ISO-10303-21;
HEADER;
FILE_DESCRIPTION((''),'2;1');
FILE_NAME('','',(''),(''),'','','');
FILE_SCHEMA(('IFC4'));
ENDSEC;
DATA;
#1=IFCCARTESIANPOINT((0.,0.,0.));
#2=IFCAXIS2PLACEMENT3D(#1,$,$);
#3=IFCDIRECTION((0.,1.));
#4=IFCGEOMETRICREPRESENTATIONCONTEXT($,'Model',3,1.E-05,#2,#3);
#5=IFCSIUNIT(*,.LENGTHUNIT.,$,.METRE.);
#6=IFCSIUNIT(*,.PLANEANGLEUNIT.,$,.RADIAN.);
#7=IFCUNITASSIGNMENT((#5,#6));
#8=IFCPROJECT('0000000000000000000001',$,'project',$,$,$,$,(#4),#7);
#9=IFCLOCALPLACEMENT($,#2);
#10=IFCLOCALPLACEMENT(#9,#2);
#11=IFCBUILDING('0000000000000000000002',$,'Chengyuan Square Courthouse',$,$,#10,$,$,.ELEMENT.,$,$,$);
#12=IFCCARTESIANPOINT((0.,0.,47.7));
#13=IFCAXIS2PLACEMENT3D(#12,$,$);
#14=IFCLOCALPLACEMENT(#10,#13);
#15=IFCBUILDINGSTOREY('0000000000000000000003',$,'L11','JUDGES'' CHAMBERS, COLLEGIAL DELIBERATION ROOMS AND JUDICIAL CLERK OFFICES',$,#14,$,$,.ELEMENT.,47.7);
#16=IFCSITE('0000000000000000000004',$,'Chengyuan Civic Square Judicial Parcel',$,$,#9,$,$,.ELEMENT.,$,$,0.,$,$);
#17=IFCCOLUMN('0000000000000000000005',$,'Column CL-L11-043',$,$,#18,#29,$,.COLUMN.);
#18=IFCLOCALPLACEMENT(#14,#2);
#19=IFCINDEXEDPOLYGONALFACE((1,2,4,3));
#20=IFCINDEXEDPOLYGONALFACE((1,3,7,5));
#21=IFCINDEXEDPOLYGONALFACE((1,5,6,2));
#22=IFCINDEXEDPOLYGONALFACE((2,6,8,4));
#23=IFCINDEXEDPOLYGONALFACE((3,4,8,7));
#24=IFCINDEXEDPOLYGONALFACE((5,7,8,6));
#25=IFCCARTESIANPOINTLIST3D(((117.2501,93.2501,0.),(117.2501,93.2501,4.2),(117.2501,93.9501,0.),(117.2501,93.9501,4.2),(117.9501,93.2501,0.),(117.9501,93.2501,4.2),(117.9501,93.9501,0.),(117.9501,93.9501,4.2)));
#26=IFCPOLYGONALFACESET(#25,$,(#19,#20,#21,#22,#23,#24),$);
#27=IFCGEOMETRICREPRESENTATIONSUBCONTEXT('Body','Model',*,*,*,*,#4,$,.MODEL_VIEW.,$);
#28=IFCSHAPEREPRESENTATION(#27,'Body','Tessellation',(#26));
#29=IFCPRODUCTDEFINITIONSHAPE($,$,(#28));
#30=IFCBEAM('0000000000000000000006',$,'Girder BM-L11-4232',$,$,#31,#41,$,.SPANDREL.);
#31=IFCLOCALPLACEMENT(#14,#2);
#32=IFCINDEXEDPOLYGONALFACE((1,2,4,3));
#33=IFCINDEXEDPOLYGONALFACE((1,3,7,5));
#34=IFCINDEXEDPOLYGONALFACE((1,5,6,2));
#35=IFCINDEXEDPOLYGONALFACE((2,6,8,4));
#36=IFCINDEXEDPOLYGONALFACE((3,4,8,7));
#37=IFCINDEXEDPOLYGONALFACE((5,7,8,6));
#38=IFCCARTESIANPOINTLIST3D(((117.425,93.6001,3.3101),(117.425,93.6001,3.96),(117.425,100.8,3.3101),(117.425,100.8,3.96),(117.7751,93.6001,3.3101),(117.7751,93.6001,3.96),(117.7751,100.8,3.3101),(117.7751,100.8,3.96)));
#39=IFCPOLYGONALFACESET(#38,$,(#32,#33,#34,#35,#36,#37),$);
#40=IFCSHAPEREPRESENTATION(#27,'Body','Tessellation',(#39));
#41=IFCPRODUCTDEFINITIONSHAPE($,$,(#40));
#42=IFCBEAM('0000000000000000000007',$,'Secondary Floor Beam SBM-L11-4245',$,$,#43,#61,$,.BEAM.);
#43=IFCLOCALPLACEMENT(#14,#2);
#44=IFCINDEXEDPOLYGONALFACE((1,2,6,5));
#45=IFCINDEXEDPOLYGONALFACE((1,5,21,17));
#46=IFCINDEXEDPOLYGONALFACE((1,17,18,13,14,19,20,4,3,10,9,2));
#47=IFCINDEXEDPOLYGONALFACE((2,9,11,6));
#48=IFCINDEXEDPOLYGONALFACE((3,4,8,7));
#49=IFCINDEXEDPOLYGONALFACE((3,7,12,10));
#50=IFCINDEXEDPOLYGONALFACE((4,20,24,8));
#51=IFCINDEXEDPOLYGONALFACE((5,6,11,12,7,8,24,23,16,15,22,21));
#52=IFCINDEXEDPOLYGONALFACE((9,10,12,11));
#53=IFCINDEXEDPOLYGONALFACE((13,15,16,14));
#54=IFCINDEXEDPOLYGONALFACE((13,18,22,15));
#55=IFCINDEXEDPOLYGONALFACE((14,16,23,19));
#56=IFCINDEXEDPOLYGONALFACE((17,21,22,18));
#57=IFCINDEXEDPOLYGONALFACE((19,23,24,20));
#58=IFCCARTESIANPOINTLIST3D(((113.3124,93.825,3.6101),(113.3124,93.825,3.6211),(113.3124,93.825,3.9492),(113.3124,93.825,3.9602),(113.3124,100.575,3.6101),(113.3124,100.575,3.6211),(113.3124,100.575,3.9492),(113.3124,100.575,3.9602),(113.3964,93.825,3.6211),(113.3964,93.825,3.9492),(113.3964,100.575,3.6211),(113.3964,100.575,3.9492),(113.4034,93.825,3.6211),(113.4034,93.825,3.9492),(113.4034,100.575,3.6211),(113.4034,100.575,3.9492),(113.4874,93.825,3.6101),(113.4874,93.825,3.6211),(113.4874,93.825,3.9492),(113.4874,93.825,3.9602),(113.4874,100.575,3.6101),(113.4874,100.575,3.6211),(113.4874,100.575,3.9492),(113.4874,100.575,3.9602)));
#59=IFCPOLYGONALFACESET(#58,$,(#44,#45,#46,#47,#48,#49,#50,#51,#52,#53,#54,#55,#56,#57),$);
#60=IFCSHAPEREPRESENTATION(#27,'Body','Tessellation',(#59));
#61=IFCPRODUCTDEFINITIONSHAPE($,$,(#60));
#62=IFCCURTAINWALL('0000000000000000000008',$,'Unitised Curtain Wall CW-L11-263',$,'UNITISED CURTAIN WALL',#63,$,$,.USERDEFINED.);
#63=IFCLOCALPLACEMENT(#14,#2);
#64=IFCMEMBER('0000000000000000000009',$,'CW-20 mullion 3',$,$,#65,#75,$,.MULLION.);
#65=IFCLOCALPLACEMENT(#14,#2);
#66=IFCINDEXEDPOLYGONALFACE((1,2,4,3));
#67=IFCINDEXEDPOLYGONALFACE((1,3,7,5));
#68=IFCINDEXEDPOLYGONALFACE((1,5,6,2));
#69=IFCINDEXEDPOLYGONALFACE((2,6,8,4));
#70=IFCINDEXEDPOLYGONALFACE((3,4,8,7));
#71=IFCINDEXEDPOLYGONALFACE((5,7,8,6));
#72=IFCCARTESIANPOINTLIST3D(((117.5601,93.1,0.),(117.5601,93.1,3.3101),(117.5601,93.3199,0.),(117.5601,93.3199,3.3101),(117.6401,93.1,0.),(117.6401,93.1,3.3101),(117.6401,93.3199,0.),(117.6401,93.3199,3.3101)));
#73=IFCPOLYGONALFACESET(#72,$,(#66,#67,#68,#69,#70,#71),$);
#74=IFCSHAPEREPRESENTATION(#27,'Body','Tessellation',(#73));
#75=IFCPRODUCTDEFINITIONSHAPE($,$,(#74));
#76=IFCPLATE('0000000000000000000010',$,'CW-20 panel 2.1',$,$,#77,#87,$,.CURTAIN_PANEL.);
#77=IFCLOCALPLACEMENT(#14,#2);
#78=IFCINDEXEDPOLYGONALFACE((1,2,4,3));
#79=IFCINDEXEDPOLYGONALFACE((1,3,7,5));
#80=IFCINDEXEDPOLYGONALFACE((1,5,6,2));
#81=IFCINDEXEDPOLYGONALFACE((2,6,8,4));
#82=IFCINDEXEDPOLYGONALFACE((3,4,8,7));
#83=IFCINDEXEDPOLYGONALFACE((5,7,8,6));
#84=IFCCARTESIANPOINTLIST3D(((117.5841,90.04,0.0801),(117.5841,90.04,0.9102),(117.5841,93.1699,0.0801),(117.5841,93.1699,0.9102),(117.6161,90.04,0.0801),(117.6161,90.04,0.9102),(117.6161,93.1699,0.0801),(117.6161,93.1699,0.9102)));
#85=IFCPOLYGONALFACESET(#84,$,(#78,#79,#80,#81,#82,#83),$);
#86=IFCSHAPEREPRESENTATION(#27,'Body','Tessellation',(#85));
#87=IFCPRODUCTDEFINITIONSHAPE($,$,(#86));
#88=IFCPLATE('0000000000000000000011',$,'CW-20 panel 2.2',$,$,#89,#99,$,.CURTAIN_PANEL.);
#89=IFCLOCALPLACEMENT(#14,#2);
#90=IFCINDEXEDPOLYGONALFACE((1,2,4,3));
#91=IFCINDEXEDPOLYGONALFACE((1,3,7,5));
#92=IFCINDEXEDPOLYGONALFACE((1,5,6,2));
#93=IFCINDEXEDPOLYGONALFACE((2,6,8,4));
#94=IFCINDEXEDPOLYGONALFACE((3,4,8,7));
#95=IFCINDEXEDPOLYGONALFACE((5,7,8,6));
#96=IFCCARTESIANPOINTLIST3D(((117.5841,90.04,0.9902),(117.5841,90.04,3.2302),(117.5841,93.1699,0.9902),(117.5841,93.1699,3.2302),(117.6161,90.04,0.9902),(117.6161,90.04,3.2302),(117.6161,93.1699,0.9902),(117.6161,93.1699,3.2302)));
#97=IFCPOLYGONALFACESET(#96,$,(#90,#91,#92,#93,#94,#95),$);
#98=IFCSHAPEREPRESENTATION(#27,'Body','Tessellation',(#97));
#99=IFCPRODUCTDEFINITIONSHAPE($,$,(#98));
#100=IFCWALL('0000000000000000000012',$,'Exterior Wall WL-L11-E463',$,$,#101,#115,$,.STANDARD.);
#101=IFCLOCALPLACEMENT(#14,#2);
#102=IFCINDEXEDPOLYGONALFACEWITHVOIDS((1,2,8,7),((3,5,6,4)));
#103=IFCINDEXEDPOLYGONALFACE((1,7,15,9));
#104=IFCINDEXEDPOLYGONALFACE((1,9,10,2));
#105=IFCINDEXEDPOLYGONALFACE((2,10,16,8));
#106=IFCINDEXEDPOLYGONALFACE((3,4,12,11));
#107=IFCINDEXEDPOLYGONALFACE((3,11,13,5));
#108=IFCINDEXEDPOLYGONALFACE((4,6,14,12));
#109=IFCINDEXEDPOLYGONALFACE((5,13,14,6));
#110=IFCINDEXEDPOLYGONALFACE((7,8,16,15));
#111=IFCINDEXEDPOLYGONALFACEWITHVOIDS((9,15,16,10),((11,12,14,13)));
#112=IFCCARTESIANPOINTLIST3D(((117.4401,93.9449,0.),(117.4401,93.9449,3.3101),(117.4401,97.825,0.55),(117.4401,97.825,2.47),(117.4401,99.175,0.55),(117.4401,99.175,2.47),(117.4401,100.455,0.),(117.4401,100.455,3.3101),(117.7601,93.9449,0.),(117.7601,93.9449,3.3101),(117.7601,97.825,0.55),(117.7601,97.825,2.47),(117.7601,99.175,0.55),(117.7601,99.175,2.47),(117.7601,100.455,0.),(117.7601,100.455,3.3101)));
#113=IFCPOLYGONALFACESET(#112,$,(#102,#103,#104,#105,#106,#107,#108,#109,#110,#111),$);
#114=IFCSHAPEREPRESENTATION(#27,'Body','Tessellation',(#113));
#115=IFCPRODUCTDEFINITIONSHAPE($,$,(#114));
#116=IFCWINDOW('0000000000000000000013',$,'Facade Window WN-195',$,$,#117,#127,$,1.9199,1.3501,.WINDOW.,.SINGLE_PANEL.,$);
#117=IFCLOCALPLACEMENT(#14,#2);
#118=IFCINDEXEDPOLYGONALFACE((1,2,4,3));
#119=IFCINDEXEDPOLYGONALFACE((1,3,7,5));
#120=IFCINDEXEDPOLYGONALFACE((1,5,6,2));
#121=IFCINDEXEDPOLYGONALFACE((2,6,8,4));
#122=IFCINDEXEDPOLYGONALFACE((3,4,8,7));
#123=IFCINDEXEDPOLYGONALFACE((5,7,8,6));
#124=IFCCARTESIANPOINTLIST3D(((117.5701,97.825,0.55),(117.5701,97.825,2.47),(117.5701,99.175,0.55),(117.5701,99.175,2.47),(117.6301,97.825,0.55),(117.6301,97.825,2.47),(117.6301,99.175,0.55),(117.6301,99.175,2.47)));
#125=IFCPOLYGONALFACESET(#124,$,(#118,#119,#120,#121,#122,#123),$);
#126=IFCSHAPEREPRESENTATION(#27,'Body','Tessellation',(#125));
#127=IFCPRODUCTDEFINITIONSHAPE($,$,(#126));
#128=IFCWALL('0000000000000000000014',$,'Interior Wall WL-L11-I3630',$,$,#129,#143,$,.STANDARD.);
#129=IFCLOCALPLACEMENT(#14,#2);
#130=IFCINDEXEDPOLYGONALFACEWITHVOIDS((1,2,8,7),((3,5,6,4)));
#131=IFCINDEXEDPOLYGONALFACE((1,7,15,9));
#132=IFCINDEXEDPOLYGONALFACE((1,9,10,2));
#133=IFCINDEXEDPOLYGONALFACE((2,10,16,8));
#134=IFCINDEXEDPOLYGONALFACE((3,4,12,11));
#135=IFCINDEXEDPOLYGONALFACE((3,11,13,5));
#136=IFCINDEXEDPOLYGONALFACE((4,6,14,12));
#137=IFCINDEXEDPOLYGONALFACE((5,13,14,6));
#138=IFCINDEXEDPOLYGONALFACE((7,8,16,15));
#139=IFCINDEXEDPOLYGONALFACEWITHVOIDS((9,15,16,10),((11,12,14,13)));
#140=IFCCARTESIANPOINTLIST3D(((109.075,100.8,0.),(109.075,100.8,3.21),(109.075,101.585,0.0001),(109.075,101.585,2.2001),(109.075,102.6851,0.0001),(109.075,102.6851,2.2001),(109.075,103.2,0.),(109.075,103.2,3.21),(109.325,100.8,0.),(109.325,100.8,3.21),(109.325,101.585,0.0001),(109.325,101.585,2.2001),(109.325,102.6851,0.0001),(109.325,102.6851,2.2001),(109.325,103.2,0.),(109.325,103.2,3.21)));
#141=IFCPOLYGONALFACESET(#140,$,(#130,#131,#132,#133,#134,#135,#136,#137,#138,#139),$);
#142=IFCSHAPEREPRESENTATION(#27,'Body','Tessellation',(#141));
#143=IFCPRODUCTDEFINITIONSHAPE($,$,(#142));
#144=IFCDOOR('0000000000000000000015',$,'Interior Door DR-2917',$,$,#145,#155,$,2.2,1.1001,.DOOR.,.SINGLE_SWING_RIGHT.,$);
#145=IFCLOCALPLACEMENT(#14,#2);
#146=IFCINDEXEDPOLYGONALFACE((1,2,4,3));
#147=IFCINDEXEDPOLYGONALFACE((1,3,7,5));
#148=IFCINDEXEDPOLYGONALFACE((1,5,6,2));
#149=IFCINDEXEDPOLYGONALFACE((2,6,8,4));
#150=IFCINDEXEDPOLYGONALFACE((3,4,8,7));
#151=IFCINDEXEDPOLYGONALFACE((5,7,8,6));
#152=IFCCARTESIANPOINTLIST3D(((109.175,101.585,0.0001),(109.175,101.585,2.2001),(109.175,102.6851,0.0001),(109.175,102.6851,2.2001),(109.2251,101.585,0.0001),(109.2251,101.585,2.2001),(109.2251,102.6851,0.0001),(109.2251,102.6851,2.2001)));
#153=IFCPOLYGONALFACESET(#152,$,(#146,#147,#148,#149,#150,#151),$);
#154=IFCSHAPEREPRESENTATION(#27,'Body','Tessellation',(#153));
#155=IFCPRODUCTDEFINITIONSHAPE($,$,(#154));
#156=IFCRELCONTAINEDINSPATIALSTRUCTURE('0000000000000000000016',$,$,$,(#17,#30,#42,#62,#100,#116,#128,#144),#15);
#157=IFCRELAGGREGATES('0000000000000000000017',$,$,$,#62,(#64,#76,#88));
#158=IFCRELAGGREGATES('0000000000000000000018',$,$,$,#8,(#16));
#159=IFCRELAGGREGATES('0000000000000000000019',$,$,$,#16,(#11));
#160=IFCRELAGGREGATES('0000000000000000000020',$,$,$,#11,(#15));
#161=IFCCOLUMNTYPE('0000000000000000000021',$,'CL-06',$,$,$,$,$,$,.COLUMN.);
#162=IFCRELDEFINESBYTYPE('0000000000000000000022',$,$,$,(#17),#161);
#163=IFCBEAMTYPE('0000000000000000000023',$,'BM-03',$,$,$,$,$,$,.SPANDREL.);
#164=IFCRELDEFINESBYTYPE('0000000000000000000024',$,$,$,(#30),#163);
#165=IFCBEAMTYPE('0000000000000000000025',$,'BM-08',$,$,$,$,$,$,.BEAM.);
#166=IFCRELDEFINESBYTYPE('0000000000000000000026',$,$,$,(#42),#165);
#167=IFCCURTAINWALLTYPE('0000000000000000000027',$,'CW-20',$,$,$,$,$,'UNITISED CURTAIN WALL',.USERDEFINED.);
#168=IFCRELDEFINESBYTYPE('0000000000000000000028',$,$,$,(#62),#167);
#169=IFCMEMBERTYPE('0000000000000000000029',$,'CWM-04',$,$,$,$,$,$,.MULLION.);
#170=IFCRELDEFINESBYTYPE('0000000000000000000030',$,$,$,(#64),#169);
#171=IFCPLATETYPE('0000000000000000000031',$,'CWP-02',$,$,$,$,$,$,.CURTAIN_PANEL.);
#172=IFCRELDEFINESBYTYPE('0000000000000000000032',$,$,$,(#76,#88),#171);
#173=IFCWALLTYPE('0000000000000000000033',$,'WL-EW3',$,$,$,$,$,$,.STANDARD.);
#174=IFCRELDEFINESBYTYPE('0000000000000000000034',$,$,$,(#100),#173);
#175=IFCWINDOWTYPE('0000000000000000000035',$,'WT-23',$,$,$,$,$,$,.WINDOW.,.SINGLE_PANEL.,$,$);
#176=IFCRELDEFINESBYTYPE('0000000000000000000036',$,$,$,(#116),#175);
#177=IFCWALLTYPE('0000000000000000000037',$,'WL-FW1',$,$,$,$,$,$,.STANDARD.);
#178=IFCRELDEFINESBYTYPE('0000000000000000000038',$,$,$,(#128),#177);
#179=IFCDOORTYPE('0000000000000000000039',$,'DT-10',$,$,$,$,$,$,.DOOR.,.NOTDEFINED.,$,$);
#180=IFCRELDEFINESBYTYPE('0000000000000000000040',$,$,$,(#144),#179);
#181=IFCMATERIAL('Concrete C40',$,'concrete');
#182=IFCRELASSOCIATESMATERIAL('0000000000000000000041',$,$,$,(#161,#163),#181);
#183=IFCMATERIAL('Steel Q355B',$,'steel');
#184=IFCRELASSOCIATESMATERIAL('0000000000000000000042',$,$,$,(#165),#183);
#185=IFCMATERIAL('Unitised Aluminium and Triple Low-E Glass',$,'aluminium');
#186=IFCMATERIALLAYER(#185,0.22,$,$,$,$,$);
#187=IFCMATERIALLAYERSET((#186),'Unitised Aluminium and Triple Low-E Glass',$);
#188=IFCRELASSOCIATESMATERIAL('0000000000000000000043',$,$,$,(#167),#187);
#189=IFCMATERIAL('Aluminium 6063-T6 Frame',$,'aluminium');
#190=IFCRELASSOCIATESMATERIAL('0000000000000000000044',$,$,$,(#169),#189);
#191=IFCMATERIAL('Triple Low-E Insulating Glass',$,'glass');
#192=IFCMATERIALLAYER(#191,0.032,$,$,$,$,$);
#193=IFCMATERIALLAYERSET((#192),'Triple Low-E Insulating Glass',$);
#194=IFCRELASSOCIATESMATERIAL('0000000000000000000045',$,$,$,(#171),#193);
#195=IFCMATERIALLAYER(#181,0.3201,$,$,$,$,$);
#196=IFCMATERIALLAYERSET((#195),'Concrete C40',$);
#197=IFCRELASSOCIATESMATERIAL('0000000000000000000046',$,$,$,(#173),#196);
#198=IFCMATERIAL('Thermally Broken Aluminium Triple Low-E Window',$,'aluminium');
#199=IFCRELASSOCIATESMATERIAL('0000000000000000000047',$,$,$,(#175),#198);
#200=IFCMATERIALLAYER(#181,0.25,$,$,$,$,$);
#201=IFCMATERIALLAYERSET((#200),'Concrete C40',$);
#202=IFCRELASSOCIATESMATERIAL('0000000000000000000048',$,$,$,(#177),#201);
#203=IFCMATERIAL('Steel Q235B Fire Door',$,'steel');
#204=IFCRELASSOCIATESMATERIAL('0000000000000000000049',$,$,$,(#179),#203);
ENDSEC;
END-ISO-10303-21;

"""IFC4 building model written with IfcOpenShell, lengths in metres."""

from ifc_helpers import new_model, si_unit, direction, frame, frame_2d, origin, origin_2d, place, context, subcontext, project, spatial, rectangle, i_section, extrude, material, layer, layer_set, material_profile, profile_set, type_object, element, fill, aggregate, save


model = new_model("IFC4")

# Units and contexts
model_context = context("Model", 3, precision=1e-05, world=origin(), true_north=direction((0.0, 1.0)))
body_context = subcontext(model_context, "Body", "Model", "MODEL_VIEW")
ifc_project = project(units=[si_unit("LENGTHUNIT", "METRE"), si_unit("PLANEANGLEUNIT", "RADIAN")], contexts=[model_context])

# Site, building, storey
site_placement = place(None, origin())
site = spatial("IfcSite", under=ifc_project, at=site_placement, Name="Chengyuan Civic Square Judicial Parcel", CompositionType="ELEMENT", RefElevation=0.0)
building_placement = place(site_placement, origin())
building = spatial("IfcBuilding", under=site, at=building_placement, Name="Chengyuan Square Courthouse", CompositionType="ELEMENT")
storey_placement = place(building_placement, frame((0.0, 0.0, 47.7)))
storey = spatial("IfcBuildingStorey", under=building, at=storey_placement, Name="L11", Description="JUDGES' CHAMBERS, COLLEGIAL DELIBERATION ROOMS AND JUDICIAL CLERK OFFICES", CompositionType="ELEMENT", Elevation=47.7)

# Column
ifc_material_1 = material(Name="Concrete C40", Category="concrete")
ifc_material_profile_1 = material_profile(ifc_material_1, rectangle(XDim=0.7, YDim=0.7, at=origin_2d()), Name="RC-COL-700x700")
ifc_profile_set_1 = profile_set([ifc_material_profile_1], Name="Concrete C40")
column_type = type_object("IfcColumnType", Name="CL-06", PredefinedType="COLUMN", material=ifc_profile_set_1)
column_placement = place(storey_placement, frame((117.6001, 93.6001, 0.0), z_axis=(0.0, 0.0, 1.0), x_axis=(1.0, 0.0, 0.0)))
element("IfcColumn", 1, at=column_placement, inside=storey, type_object=column_type, Name="Column CL-L11-043", PredefinedType="COLUMN", context=body_context, shape_type="SweptSolid", body=[
    extrude(rectangle(XDim=0.7, YDim=0.7, at=origin_2d()), origin(), (0.0, 0.0, 1.0), 4.2),
])

# Beams
ifc_material_profile_2 = material_profile(ifc_material_1, rectangle(XDim=0.3501, YDim=0.6499, at=origin_2d()), Name="RC-BM-350x650")
ifc_profile_set_2 = profile_set([ifc_material_profile_2], Name="Concrete C40")
beam_type_1 = type_object("IfcBeamType", Name="BM-03", PredefinedType="SPANDREL", material=ifc_profile_set_2)
beam_1_placement = place(storey_placement, frame((117.6001, 93.6001, 3.635), z_axis=(0.0, 1.0, 0.0), x_axis=(-1.0, 0.0, 0.0)))
element("IfcBeam", 2, at=beam_1_placement, inside=storey, type_object=beam_type_1, Name="Girder BM-L11-4232", PredefinedType="SPANDREL", context=body_context, shape_type="SweptSolid", body=[
    extrude(rectangle(XDim=0.3501, YDim=0.6499, at=origin_2d()), origin(), (0.0, 0.0, 1.0), 7.2),
])
ifc_material_2 = material(Name="Steel Q355B", Category="steel")
ifc_material_profile_3 = material_profile(ifc_material_2, i_section(OverallWidth=0.175, OverallDepth=0.3501, WebThickness=0.0071, FlangeThickness=0.011, at=origin_2d()), Name="HN 350x175x7x11")
ifc_profile_set_3 = profile_set([ifc_material_profile_3], Name="Steel Q355B")
beam_type_2 = type_object("IfcBeamType", Name="BM-08", PredefinedType="BEAM", material=ifc_profile_set_3)
beam_2_placement = place(storey_placement, frame((113.3999, 93.825, 3.7852), z_axis=(0.0, 1.0, 0.0), x_axis=(-1.0, 0.0, 0.0)))
element("IfcBeam", 3, at=beam_2_placement, inside=storey, type_object=beam_type_2, Name="Secondary Floor Beam SBM-L11-4245", PredefinedType="BEAM", context=body_context, shape_type="SweptSolid", body=[
    extrude(i_section(OverallWidth=0.175, OverallDepth=0.3501, WebThickness=0.0071, FlangeThickness=0.011, at=origin_2d()), origin(), (0.0, 0.0, 1.0), 6.75),
])

# Curtain wall, member, plates
ifc_material_3 = material(Name="Unitised Aluminium and Triple Low-E Glass", Category="aluminium")
ifc_layer_1 = layer(ifc_material_3, 0.22)
ifc_layer_set_1 = layer_set([ifc_layer_1], Name="Unitised Aluminium and Triple Low-E Glass")
curtain_wall_type = type_object("IfcCurtainWallType", Name="CW-20", ElementType="UNITISED CURTAIN WALL", PredefinedType="USERDEFINED", material=ifc_layer_set_1)
curtain_wall_placement = place(storey_placement, origin())
curtain_wall = element("IfcCurtainWall", 4, at=curtain_wall_placement, inside=storey, type_object=curtain_wall_type, Name="Unitised Curtain Wall CW-L11-263", ObjectType="UNITISED CURTAIN WALL", PredefinedType="USERDEFINED")
ifc_material_4 = material(Name="Aluminium 6063-T6 Frame", Category="aluminium")
ifc_material_profile_4 = material_profile(ifc_material_4, rectangle(XDim=0.0801, YDim=0.22, at=origin_2d()), Name="CW-MUL-80x220")
ifc_profile_set_4 = profile_set([ifc_material_profile_4], Name="Aluminium 6063-T6 Frame")
member_type = type_object("IfcMemberType", Name="CWM-04", PredefinedType="MULLION", material=ifc_profile_set_4)
member_placement = place(storey_placement, frame((117.6001, 93.21, 0.0), z_axis=(0.0, 0.0, 1.0), x_axis=(-1.0, 0.0, 0.0)))
member = element("IfcMember", 5, at=member_placement, type_object=member_type, Name="CW-20 mullion 3", PredefinedType="MULLION", context=body_context, shape_type="SweptSolid", body=[
    extrude(rectangle(XDim=0.0801, YDim=0.22, at=origin_2d()), origin(), (0.0, 0.0, 1.0), 3.3101),
])
ifc_material_5 = material(Name="Triple Low-E Insulating Glass", Category="glass")
ifc_layer_2 = layer(ifc_material_5, 0.032)
ifc_layer_set_2 = layer_set([ifc_layer_2], Name="Triple Low-E Insulating Glass")
plate_type = type_object("IfcPlateType", Name="CWP-02", PredefinedType="CURTAIN_PANEL", material=ifc_layer_set_2)
plate_1_placement = place(storey_placement, frame((117.6001, 91.605, 0.0801), z_axis=(0.0, 0.0, 1.0), x_axis=(0.0, 1.0, 0.0)))
plate_1 = element("IfcPlate", 6, at=plate_1_placement, type_object=plate_type, Name="CW-20 panel 2.1", PredefinedType="CURTAIN_PANEL", context=body_context, shape_type="SweptSolid", body=[
    extrude(rectangle(XDim=3.1299, YDim=0.032, at=origin_2d()), origin(), (0.0, 0.0, 1.0), 0.8301),
])
plate_2_placement = place(storey_placement, frame((117.6001, 91.605, 0.9902), z_axis=(0.0, 0.0, 1.0), x_axis=(0.0, 1.0, 0.0)))
plate_2 = element("IfcPlate", 7, at=plate_2_placement, type_object=plate_type, Name="CW-20 panel 2.2", PredefinedType="CURTAIN_PANEL", context=body_context, shape_type="SweptSolid", body=[
    extrude(rectangle(XDim=3.1299, YDim=0.032, at=origin_2d()), origin(), (0.0, 0.0, 1.0), 2.24),
])
aggregate(curtain_wall, [member, plate_1, plate_2])

# Wall, opening, window
ifc_layer_3 = layer(ifc_material_1, 0.3201)
ifc_layer_set_3 = layer_set([ifc_layer_3], Name="Concrete C40")
wall_type_1 = type_object("IfcWallType", Name="WL-EW3", PredefinedType="STANDARD", material=ifc_layer_set_3)
wall_1_placement = place(storey_placement, frame((117.6001, 93.9451, 0.0), z_axis=(0.0, 0.0, 1.0), x_axis=(0.0, 1.0, 0.0)))
wall_1 = element("IfcWall", 8, at=wall_1_placement, inside=storey, type_object=wall_type_1, Name="Exterior Wall WL-L11-E463", PredefinedType="STANDARD", context=body_context, shape_type="SweptSolid", body=[
    extrude(rectangle(XDim=6.51, YDim=0.3201, at=frame_2d((3.2549, 0.0))), origin(), (0.0, 0.0, 1.0), 3.3101),
])
opening_1_placement = place(wall_1_placement, frame((3.8799, 0.0, 0.55)))
opening_1 = element("IfcOpeningElement", 9, at=opening_1_placement, cuts=wall_1, PredefinedType="OPENING", context=body_context, shape_type="SweptSolid", body=[
    extrude(rectangle(XDim=1.3501, YDim=1.9199, at=frame_2d((0.675, 0.96))), frame((0.0, 0.1721, 0.0), z_axis=(0.0, -1.0, 0.0), x_axis=(1.0, 0.0, 0.0)), (0.0, 0.0, 1.0), 0.344),
])
ifc_material_6 = material(Name="Thermally Broken Aluminium Triple Low-E Window", Category="aluminium")
window_type = type_object("IfcWindowType", Name="WT-23", PartitioningType="SINGLE_PANEL", PredefinedType="WINDOW", material=ifc_material_6)
window_placement = place(opening_1_placement, origin())
window = element("IfcWindow", 10, at=window_placement, inside=storey, type_object=window_type, Name="Facade Window WN-195", OverallHeight=1.9199, OverallWidth=1.3501, PartitioningType="SINGLE_PANEL", PredefinedType="WINDOW", context=body_context, shape_type="SweptSolid", body=[
    extrude(rectangle(XDim=1.3501, YDim=1.9199, at=frame_2d((0.675, 0.96))), frame((0.0, 0.03, 0.0), z_axis=(0.0, -1.0, 0.0), x_axis=(1.0, 0.0, 0.0)), (0.0, 0.0, 1.0), 0.0601),
])
fill(opening_1, window)

# Wall, opening, door
ifc_layer_4 = layer(ifc_material_1, 0.25)
ifc_layer_set_4 = layer_set([ifc_layer_4], Name="Concrete C40")
wall_type_2 = type_object("IfcWallType", Name="WL-FW1", PredefinedType="STANDARD", material=ifc_layer_set_4)
wall_2_placement = place(storey_placement, frame((109.2, 100.8, 0.0), z_axis=(0.0, 0.0, 1.0), x_axis=(0.0, 1.0, 0.0)))
wall_2 = element("IfcWall", 11, at=wall_2_placement, inside=storey, type_object=wall_type_2, Name="Interior Wall WL-L11-I3630", PredefinedType="STANDARD", context=body_context, shape_type="SweptSolid", body=[
    extrude(rectangle(XDim=2.3999, YDim=0.25, at=frame_2d((1.2, 0.0))), origin(), (0.0, 0.0, 1.0), 3.21),
])
opening_2_placement = place(wall_2_placement, frame((0.7849, 0.0, 0.0)))
opening_2 = element("IfcOpeningElement", 12, at=opening_2_placement, cuts=wall_2, PredefinedType="OPENING", context=body_context, shape_type="SweptSolid", body=[
    extrude(rectangle(XDim=1.1001, YDim=2.2, at=frame_2d((0.55, 1.1001))), frame((0.0, 0.137, 0.0), z_axis=(0.0, -1.0, 0.0), x_axis=(1.0, 0.0, 0.0)), (0.0, 0.0, 1.0), 0.2739),
])
ifc_material_7 = material(Name="Steel Q235B Fire Door", Category="steel")
door_type_1 = type_object("IfcDoorType", Name="DT-10", OperationType="NOTDEFINED", PredefinedType="DOOR", material=ifc_material_7)
door_1_placement = place(opening_2_placement, origin())
door_1 = element("IfcDoor", 13, at=door_1_placement, inside=storey, type_object=door_type_1, Name="Interior Door DR-2917", OperationType="SINGLE_SWING_RIGHT", OverallHeight=2.2, OverallWidth=1.1001, PredefinedType="DOOR", context=body_context, shape_type="SweptSolid", body=[
    extrude(rectangle(XDim=1.1001, YDim=2.2, at=frame_2d((0.55, 1.1001))), frame((0.0, 0.0249, 0.0), z_axis=(0.0, -1.0, 0.0), x_axis=(1.0, 0.0, 0.0)), (0.0, 0.0, 1.0), 0.05),
])
fill(opening_2, door_1)

save(model, "model.ifc")
